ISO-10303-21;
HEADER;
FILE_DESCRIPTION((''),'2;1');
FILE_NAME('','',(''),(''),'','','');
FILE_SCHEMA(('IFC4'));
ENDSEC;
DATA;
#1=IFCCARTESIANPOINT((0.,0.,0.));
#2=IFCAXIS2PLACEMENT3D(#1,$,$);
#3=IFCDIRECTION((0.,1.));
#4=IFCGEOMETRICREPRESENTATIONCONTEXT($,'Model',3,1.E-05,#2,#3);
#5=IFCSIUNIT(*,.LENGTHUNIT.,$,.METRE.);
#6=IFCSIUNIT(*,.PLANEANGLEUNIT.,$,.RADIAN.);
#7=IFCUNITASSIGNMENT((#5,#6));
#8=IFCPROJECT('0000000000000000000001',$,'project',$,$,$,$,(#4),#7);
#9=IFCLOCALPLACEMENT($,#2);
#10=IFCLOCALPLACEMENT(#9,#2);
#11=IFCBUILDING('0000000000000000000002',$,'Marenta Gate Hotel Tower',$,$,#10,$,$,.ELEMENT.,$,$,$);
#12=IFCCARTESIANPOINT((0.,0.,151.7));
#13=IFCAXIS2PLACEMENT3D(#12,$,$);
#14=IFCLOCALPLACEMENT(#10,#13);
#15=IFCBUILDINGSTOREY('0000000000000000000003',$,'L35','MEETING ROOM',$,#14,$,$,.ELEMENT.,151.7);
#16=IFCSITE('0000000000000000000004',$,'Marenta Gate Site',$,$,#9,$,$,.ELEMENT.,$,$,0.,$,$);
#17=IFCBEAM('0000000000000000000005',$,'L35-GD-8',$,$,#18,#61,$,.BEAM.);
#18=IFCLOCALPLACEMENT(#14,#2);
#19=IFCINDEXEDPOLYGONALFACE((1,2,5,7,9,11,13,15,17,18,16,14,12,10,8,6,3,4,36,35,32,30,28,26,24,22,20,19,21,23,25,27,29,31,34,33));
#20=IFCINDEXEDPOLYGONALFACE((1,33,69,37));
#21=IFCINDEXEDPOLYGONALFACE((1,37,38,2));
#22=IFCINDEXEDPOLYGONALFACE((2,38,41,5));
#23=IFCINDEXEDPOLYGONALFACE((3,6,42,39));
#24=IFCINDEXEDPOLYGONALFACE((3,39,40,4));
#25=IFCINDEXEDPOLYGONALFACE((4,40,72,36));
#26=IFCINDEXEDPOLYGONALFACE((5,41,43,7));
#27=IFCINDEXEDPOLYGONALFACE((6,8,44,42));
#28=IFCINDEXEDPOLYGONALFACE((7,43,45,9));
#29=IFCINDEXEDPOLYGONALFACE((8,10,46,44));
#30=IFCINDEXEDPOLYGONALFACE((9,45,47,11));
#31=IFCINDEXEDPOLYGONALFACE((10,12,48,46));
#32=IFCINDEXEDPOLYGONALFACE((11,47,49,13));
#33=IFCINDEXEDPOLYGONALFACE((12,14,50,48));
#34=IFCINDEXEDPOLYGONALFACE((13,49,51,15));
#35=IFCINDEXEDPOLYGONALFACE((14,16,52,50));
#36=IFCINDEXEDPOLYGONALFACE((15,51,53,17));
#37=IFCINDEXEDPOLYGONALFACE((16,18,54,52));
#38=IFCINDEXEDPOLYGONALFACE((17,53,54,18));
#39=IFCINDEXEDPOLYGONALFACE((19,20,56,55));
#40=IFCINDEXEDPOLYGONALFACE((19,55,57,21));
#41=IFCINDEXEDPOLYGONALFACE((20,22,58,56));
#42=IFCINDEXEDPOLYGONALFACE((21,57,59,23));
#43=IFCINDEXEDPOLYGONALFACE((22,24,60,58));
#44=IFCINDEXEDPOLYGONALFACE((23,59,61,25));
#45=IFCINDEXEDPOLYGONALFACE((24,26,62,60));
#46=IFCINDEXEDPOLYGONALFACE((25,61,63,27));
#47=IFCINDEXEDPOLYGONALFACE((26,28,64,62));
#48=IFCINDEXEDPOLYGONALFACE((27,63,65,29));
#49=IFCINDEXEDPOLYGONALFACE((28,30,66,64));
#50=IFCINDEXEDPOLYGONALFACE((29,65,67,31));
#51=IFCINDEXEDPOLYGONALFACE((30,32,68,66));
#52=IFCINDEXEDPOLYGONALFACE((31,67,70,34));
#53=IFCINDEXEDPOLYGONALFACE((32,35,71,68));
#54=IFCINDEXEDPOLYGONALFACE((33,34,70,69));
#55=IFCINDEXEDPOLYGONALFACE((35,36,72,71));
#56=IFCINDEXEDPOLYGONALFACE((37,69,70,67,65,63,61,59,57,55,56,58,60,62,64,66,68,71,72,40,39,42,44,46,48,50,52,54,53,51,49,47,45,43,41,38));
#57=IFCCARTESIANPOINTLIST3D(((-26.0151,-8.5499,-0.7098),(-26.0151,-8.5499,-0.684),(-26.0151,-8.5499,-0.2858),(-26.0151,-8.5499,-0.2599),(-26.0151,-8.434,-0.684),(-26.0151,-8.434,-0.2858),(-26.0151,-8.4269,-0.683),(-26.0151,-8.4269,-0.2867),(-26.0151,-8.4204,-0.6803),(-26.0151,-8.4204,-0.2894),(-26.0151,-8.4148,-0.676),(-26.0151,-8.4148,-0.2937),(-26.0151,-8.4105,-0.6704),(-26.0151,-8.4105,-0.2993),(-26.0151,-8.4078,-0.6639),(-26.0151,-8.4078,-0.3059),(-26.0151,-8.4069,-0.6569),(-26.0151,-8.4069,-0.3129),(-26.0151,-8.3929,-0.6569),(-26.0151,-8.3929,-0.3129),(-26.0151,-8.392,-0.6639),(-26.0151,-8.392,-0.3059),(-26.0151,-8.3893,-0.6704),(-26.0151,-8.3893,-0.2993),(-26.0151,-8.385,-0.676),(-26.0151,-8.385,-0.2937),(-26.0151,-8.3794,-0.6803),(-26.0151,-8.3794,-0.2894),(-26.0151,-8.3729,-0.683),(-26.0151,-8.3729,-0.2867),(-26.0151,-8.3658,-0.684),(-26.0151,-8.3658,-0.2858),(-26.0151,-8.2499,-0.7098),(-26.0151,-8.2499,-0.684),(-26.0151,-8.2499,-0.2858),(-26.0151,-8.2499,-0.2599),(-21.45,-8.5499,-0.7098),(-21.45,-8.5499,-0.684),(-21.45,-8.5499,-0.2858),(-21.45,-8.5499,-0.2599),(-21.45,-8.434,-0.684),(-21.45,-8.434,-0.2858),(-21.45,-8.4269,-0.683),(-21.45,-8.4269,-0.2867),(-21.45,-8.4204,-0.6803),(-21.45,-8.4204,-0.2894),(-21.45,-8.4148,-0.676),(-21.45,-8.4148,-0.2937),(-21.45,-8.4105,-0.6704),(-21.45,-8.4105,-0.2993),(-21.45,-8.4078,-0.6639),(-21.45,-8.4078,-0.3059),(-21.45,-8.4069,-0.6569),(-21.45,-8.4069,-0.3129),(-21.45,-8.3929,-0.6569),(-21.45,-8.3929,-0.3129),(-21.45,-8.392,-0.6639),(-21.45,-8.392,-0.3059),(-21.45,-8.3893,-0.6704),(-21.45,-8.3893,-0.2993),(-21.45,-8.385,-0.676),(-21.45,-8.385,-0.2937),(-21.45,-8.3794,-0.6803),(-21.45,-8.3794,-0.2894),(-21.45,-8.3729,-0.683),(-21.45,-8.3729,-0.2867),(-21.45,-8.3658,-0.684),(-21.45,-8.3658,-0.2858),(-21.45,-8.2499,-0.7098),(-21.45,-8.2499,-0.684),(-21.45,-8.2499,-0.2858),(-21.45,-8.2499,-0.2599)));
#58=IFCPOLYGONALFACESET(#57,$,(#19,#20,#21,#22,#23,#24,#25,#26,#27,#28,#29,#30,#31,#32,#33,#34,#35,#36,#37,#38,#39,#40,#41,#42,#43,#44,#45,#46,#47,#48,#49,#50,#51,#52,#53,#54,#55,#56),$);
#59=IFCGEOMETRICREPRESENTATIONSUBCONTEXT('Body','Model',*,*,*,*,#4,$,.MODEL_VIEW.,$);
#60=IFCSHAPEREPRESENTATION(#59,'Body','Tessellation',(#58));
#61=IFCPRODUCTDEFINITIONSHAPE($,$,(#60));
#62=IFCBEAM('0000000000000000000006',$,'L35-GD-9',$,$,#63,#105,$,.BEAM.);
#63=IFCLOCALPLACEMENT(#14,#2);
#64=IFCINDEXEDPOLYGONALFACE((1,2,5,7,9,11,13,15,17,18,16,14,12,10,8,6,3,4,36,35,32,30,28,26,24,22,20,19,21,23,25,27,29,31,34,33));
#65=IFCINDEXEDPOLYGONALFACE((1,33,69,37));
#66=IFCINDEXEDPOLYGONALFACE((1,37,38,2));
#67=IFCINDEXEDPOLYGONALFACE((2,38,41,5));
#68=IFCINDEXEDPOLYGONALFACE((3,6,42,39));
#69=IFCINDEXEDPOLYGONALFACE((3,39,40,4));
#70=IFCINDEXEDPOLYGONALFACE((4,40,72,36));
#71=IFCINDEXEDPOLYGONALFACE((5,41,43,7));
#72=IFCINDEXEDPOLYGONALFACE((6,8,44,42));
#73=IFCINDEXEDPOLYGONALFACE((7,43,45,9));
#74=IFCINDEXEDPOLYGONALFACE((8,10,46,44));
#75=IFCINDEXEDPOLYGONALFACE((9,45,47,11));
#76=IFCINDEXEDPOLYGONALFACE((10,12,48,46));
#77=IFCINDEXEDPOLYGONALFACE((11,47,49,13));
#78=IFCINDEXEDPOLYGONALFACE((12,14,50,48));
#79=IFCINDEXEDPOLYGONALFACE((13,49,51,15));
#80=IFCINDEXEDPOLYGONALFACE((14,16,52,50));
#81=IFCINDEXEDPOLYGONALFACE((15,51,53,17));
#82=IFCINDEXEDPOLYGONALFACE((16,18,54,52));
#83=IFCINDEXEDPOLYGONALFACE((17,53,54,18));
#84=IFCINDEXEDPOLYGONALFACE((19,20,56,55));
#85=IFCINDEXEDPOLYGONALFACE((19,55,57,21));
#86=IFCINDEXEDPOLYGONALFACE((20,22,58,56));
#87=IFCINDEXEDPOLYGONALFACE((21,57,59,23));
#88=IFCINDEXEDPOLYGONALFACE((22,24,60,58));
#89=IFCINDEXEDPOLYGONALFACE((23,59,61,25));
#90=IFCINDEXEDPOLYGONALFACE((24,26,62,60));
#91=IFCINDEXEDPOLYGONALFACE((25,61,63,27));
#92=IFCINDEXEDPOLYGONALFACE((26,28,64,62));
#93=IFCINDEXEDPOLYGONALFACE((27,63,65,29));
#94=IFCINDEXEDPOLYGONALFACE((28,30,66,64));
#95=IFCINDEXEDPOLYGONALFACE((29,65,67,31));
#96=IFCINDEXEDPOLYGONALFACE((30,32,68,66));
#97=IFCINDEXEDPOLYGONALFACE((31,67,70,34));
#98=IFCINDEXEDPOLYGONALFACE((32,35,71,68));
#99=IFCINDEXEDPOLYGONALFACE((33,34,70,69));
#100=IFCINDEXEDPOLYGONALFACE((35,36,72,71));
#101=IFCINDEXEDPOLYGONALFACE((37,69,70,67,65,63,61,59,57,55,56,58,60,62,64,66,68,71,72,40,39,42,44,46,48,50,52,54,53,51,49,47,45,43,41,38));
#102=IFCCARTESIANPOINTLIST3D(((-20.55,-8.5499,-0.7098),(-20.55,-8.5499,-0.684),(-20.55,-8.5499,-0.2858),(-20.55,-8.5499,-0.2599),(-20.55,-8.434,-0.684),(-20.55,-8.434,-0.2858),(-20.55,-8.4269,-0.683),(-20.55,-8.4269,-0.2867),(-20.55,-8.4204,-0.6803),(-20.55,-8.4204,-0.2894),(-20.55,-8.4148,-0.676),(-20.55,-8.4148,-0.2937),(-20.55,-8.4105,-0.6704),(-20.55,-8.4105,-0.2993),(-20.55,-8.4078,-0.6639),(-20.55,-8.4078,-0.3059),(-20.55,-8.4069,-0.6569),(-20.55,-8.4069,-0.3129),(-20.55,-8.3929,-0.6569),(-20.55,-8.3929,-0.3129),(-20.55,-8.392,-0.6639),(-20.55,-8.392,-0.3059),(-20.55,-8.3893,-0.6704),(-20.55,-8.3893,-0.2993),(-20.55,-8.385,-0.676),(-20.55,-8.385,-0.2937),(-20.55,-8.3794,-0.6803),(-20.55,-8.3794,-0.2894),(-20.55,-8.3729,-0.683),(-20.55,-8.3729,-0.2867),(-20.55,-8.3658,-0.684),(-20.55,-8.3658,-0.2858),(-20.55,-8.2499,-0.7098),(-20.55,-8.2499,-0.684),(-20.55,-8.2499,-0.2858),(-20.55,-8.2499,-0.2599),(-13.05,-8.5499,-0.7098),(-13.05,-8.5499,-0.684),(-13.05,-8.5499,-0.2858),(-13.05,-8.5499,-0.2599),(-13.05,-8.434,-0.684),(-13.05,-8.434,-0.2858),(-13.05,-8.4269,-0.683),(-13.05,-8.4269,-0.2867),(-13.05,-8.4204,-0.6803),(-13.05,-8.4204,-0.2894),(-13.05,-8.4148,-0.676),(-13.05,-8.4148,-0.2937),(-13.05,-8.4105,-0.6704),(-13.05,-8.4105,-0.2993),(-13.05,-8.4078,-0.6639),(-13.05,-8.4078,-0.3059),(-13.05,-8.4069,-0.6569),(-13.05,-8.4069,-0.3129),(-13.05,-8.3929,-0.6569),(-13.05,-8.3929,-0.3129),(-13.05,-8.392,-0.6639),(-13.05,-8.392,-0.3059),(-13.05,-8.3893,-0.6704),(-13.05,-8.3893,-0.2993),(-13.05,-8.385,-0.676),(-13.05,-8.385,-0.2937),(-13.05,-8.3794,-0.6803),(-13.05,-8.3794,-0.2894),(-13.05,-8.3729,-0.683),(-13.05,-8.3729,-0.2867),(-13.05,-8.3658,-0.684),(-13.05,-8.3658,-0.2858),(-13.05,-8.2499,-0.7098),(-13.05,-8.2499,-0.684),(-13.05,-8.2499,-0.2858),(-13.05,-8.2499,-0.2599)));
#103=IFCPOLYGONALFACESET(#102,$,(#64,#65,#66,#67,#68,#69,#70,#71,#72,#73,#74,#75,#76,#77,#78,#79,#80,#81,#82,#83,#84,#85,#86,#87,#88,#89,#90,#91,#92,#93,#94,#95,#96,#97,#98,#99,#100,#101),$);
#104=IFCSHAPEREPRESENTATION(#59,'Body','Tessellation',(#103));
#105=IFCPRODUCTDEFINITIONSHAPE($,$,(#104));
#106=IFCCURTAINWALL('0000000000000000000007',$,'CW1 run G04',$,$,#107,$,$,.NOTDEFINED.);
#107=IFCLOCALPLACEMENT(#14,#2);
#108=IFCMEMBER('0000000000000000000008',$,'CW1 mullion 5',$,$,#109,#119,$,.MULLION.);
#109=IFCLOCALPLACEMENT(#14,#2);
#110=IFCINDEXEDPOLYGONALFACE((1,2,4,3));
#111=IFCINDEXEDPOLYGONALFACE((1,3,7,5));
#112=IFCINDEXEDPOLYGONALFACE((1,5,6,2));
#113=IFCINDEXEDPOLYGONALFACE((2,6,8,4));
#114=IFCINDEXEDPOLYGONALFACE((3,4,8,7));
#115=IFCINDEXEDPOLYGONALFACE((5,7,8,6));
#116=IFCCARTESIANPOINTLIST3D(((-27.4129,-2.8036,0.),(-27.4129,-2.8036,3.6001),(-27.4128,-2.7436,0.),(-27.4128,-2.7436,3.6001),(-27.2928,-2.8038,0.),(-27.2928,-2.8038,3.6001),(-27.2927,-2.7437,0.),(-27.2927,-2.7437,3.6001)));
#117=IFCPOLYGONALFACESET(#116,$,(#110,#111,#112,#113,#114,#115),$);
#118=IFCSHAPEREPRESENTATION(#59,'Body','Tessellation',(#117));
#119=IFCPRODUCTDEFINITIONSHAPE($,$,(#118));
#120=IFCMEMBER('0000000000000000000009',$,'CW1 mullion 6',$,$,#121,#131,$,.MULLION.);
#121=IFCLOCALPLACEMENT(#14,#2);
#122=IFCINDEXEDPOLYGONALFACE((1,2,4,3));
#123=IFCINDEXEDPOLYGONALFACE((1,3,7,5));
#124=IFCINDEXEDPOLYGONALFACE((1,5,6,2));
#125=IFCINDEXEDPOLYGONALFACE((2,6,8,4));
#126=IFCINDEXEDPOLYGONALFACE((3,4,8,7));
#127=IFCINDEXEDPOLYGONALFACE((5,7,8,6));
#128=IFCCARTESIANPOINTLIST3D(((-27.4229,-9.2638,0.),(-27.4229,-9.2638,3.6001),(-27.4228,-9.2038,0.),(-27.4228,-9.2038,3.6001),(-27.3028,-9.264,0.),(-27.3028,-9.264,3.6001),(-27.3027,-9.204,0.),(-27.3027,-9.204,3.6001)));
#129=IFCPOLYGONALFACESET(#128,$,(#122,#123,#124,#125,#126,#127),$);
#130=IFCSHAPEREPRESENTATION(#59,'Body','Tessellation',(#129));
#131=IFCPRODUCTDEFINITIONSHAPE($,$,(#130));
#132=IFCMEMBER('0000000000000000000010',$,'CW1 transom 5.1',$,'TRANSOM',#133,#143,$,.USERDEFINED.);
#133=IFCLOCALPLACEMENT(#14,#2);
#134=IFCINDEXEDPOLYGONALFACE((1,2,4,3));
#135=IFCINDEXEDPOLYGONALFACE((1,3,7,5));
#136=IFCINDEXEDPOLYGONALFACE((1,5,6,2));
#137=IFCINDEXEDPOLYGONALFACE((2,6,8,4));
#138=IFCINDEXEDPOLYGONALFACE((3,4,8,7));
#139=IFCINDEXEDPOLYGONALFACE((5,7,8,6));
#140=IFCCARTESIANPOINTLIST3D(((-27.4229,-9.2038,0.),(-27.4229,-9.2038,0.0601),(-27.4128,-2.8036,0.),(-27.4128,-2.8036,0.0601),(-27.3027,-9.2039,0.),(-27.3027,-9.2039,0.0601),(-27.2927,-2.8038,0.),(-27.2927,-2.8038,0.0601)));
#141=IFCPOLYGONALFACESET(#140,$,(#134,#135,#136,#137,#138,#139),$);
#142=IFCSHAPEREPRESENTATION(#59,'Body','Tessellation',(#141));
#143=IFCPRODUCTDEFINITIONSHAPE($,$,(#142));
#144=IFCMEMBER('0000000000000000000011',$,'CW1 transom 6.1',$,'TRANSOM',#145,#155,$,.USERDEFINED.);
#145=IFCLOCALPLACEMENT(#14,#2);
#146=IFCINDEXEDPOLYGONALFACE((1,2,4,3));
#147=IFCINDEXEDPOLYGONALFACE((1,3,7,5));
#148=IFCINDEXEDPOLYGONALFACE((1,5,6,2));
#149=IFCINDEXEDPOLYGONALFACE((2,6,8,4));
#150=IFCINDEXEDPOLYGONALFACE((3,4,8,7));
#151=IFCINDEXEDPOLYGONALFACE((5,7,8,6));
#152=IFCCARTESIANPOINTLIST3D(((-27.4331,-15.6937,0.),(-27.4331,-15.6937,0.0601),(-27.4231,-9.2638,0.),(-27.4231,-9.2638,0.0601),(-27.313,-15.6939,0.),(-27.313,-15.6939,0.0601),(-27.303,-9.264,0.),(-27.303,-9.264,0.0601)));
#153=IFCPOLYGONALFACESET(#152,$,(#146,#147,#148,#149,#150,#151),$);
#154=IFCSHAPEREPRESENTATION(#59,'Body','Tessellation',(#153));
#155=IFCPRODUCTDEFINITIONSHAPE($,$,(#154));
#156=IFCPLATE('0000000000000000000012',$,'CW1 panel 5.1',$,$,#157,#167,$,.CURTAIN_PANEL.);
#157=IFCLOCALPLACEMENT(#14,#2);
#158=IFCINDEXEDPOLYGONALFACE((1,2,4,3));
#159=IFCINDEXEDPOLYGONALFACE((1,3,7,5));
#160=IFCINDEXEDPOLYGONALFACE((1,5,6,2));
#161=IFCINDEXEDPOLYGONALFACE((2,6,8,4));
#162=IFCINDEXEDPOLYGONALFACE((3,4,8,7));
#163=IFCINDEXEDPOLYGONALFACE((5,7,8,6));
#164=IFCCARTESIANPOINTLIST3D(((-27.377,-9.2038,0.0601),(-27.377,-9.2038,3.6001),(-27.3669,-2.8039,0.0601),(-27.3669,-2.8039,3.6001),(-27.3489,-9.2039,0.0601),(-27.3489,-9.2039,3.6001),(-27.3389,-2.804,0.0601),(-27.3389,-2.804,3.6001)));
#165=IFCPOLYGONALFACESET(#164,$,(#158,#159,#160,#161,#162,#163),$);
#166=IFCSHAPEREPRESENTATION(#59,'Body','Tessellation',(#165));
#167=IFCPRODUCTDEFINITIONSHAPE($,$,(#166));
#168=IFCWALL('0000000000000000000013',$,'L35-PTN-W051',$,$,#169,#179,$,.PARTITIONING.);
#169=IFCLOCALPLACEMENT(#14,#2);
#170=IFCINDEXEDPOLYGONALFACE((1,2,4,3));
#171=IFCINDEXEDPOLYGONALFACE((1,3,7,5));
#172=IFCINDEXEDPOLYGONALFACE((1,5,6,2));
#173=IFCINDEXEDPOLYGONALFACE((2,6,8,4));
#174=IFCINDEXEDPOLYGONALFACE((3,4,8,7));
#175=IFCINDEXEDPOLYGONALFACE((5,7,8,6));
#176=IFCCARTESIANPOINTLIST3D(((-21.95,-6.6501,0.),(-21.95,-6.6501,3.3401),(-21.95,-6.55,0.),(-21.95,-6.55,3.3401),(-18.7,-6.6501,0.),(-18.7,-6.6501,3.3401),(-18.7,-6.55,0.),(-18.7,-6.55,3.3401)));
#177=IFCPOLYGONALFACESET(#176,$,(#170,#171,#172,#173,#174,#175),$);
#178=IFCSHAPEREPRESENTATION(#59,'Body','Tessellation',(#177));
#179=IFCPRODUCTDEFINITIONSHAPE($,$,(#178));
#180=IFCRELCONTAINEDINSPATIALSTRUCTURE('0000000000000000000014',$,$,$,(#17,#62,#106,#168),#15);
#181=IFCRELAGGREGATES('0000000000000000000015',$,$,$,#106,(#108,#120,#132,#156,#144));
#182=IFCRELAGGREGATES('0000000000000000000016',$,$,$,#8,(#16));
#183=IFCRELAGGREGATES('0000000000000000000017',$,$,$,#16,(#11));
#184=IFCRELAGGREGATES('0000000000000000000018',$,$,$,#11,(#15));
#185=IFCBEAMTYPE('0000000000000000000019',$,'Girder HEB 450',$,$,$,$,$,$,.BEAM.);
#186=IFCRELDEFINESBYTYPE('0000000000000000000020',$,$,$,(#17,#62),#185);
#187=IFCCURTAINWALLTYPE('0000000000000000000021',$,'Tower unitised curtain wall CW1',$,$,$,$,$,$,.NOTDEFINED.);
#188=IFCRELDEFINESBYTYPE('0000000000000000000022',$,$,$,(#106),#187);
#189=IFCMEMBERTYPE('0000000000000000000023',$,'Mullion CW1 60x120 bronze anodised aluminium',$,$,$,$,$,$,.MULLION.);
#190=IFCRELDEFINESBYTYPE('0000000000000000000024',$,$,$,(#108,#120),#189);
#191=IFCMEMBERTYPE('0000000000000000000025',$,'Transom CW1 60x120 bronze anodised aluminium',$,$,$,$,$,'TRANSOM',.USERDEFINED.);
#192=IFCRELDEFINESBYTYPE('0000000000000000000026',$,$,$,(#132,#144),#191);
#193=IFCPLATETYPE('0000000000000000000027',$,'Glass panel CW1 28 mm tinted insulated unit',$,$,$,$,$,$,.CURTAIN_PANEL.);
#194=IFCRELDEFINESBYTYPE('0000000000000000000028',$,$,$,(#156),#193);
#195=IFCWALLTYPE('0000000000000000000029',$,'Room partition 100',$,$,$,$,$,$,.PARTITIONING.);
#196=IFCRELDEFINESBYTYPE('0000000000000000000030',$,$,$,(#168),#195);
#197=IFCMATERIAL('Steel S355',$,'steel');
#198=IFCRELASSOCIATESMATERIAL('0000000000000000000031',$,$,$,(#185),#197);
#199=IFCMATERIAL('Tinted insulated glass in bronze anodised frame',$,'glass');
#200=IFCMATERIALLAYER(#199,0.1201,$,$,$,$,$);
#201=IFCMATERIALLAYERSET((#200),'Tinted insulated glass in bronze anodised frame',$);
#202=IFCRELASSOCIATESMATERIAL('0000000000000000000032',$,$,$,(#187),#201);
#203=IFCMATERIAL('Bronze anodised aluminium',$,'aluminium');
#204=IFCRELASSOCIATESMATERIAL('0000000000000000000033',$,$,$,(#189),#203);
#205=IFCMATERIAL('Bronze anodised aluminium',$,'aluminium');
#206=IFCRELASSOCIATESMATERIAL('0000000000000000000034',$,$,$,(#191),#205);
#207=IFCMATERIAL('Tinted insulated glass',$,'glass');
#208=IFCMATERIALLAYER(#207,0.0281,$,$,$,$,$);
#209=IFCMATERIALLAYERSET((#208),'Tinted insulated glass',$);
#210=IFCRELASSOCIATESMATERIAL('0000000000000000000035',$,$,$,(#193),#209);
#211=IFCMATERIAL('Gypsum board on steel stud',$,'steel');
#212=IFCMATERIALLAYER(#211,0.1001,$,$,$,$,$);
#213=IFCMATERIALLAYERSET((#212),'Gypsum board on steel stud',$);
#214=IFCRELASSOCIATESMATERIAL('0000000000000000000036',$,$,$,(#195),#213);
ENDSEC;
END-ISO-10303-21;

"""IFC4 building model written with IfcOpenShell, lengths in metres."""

from ifc_helpers import new_model, si_unit, direction, frame, frame_2d, origin, origin_2d, place, context, subcontext, project, spatial, rectangle, i_section, extrude, material, layer, layer_set, material_profile, profile_set, type_object, element, aggregate, save


model = new_model("IFC4")

# Units and contexts
model_context = context("Model", 3, precision=1e-05, world=origin(), true_north=direction((0.0, 1.0)))
body_context = subcontext(model_context, "Body", "Model", "MODEL_VIEW")
ifc_project = project(units=[si_unit("LENGTHUNIT", "METRE"), si_unit("PLANEANGLEUNIT", "RADIAN")], contexts=[model_context])

# Site, building, storey
site_placement = place(None, origin())
site = spatial("IfcSite", under=ifc_project, at=site_placement, Name="Marenta Gate Site", CompositionType="ELEMENT", RefElevation=0.0)
building_placement = place(site_placement, origin())
building = spatial("IfcBuilding", under=site, at=building_placement, Name="Marenta Gate Hotel Tower", CompositionType="ELEMENT")
storey_placement = place(building_placement, frame((0.0, 0.0, 151.7)))
storey = spatial("IfcBuildingStorey", under=building, at=storey_placement, Name="L35", Description="MEETING ROOM", CompositionType="ELEMENT", Elevation=151.7)

# Beams
ifc_material_1 = material(Name="Steel S355", Category="steel")
ifc_material_profile_1 = material_profile(ifc_material_1, i_section(OverallWidth=0.3, OverallDepth=0.45, WebThickness=0.0139, FlangeThickness=0.0259, FilletRadius=0.0271, at=origin_2d()), Name="HEB 450")
ifc_profile_set_1 = profile_set([ifc_material_profile_1], Name="Steel S355")
beam_type_1 = type_object("IfcBeamType", Name="Girder HEB 450", PredefinedType="BEAM", material=ifc_profile_set_1)
beam_1_placement = place(storey_placement, frame((-26.0151, -8.3999, -0.4849), z_axis=(1.0, 0.0, 0.0), x_axis=(0.0, 1.0, 0.0)))
element("IfcBeam", 1, at=beam_1_placement, inside=storey, type_object=beam_type_1, Name="L35-GD-8", PredefinedType="BEAM", context=body_context, shape_type="SweptSolid", body=[
    extrude(i_section(OverallWidth=0.3, OverallDepth=0.45, WebThickness=0.0139, FlangeThickness=0.0259, FilletRadius=0.0271, at=origin_2d()), origin(), (0.0, 0.0, 1.0), 4.5652),
])
beam_2_placement = place(storey_placement, frame((-20.55, -8.3999, -0.4849), z_axis=(1.0, 0.0, 0.0), x_axis=(0.0, 1.0, 0.0)))
element("IfcBeam", 2, at=beam_2_placement, inside=storey, type_object=beam_type_1, Name="L35-GD-9", PredefinedType="BEAM", context=body_context, shape_type="SweptSolid", body=[
    extrude(i_section(OverallWidth=0.3, OverallDepth=0.45, WebThickness=0.0139, FlangeThickness=0.0259, FilletRadius=0.0271, at=origin_2d()), origin(), (0.0, 0.0, 1.0), 7.5),
])

# Curtain wall, members, plate
ifc_material_2 = material(Name="Tinted insulated glass in bronze anodised frame", Category="glass")
ifc_layer_1 = layer(ifc_material_2, 0.1201)
ifc_layer_set_1 = layer_set([ifc_layer_1], Name="Tinted insulated glass in bronze anodised frame")
curtain_wall_type = type_object("IfcCurtainWallType", Name="Tower unitised curtain wall CW1", PredefinedType="NOTDEFINED", material=ifc_layer_set_1)
curtain_wall_placement = place(storey_placement, origin())
curtain_wall = element("IfcCurtainWall", 3, at=curtain_wall_placement, inside=storey, type_object=curtain_wall_type, Name="CW1 run G04", PredefinedType="NOTDEFINED")
ifc_material_3 = material(Name="Bronze anodised aluminium", Category="aluminium")
ifc_material_profile_2 = material_profile(ifc_material_3, rectangle(XDim=0.1201, YDim=0.0601, at=origin_2d()), Name="Mullion CW1 60x120 bronze anodised aluminium")
ifc_profile_set_2 = profile_set([ifc_material_profile_2], Name="Bronze anodised aluminium")
member_type_1 = type_object("IfcMemberType", Name="Mullion CW1 60x120 bronze anodised aluminium", PredefinedType="MULLION", material=ifc_profile_set_2)
member_1_placement = place(storey_placement, frame((-27.3528, -2.7737, 0.0), z_axis=(0.0, 0.0, 1.0), x_axis=(0.999999, -0.001566, 0.0)))
member_1 = element("IfcMember", 4, at=member_1_placement, type_object=member_type_1, Name="CW1 mullion 5", PredefinedType="MULLION", context=body_context, shape_type="SweptSolid", body=[
    extrude(rectangle(XDim=0.1201, YDim=0.0601, at=origin_2d()), origin(), (0.0, 0.0, 1.0), 3.6001),
])
member_2_placement = place(storey_placement, frame((-27.3628, -9.2339, 0.0), z_axis=(0.0, 0.0, 1.0), x_axis=(0.999999, -0.001566, 0.0)))
member_2 = element("IfcMember", 5, at=member_2_placement, type_object=member_type_1, Name="CW1 mullion 6", PredefinedType="MULLION", context=body_context, shape_type="SweptSolid", body=[
    extrude(rectangle(XDim=0.1201, YDim=0.0601, at=origin_2d()), origin(), (0.0, 0.0, 1.0), 3.6001),
])
ifc_material_4 = material(Name="Bronze anodised aluminium", Category="aluminium")
ifc_material_profile_3 = material_profile(ifc_material_4, rectangle(XDim=0.1201, YDim=0.0601, at=origin_2d()), Name="Transom CW1 60x120 bronze anodised aluminium")
ifc_profile_set_3 = profile_set([ifc_material_profile_3], Name="Bronze anodised aluminium")
member_type_2 = type_object("IfcMemberType", Name="Transom CW1 60x120 bronze anodised aluminium", ElementType="TRANSOM", PredefinedType="USERDEFINED", material=ifc_profile_set_3)
member_3_placement = place(storey_placement, frame((-27.3528, -2.8037, 0.03), z_axis=(-0.001564, -0.999999, 0.0), x_axis=(0.999999, -0.001564, 0.0)))
member_3 = element("IfcMember", 6, at=member_3_placement, type_object=member_type_2, Name="CW1 transom 5.1", ObjectType="TRANSOM", PredefinedType="USERDEFINED", context=body_context, shape_type="SweptSolid", body=[
    extrude(rectangle(XDim=0.1201, YDim=0.0601, at=origin_2d()), origin(), (0.0, 0.0, 1.0), 6.4001),
])
member_4_placement = place(storey_placement, frame((-27.363, -9.2639, 0.03), z_axis=(-0.001557, -0.999999, 0.0), x_axis=(0.999999, -0.001557, 0.0)))
member_4 = element("IfcMember", 7, at=member_4_placement, type_object=member_type_2, Name="CW1 transom 6.1", ObjectType="TRANSOM", PredefinedType="USERDEFINED", context=body_context, shape_type="SweptSolid", body=[
    extrude(rectangle(XDim=0.1201, YDim=0.0601, at=origin_2d()), origin(), (0.0, 0.0, 1.0), 6.4299),
])
ifc_material_5 = material(Name="Tinted insulated glass", Category="glass")
ifc_layer_2 = layer(ifc_material_5, 0.0281)
ifc_layer_set_2 = layer_set([ifc_layer_2], Name="Tinted insulated glass")
plate_type = type_object("IfcPlateType", Name="Glass panel CW1 28 mm tinted insulated unit", PredefinedType="CURTAIN_PANEL", material=ifc_layer_set_2)
plate_placement = place(storey_placement, frame((-27.3579, -6.0039, 0.0601), z_axis=(0.0, 0.0, 1.0), x_axis=(-0.001566, -0.999999, 0.0)))
plate = element("IfcPlate", 8, at=plate_placement, type_object=plate_type, Name="CW1 panel 5.1", PredefinedType="CURTAIN_PANEL", context=body_context, shape_type="SweptSolid", body=[
    extrude(rectangle(XDim=6.3999, YDim=0.0281, at=origin_2d()), origin(), (0.0, 0.0, 1.0), 3.54),
])
aggregate(curtain_wall, [member_1, member_2, member_3, plate, member_4])

# Wall
ifc_material_6 = material(Name="Gypsum board on steel stud", Category="steel")
ifc_layer_3 = layer(ifc_material_6, 0.1001)
ifc_layer_set_3 = layer_set([ifc_layer_3], Name="Gypsum board on steel stud")
wall_type_1 = type_object("IfcWallType", Name="Room partition 100", PredefinedType="PARTITIONING", material=ifc_layer_set_3)
wall_1_placement = place(storey_placement, frame((-21.95, -6.6001, 0.0), z_axis=(0.0, 0.0, 1.0), x_axis=(1.0, 0.0, 0.0)))
element("IfcWall", 9, at=wall_1_placement, inside=storey, type_object=wall_type_1, Name="L35-PTN-W051", PredefinedType="PARTITIONING", context=body_context, shape_type="SweptSolid", body=[
    extrude(rectangle(XDim=3.25, YDim=0.1001, at=frame_2d((1.625, 0.0))), origin(), (0.0, 0.0, 1.0), 3.3401),
])

save(model, "model.ifc")
